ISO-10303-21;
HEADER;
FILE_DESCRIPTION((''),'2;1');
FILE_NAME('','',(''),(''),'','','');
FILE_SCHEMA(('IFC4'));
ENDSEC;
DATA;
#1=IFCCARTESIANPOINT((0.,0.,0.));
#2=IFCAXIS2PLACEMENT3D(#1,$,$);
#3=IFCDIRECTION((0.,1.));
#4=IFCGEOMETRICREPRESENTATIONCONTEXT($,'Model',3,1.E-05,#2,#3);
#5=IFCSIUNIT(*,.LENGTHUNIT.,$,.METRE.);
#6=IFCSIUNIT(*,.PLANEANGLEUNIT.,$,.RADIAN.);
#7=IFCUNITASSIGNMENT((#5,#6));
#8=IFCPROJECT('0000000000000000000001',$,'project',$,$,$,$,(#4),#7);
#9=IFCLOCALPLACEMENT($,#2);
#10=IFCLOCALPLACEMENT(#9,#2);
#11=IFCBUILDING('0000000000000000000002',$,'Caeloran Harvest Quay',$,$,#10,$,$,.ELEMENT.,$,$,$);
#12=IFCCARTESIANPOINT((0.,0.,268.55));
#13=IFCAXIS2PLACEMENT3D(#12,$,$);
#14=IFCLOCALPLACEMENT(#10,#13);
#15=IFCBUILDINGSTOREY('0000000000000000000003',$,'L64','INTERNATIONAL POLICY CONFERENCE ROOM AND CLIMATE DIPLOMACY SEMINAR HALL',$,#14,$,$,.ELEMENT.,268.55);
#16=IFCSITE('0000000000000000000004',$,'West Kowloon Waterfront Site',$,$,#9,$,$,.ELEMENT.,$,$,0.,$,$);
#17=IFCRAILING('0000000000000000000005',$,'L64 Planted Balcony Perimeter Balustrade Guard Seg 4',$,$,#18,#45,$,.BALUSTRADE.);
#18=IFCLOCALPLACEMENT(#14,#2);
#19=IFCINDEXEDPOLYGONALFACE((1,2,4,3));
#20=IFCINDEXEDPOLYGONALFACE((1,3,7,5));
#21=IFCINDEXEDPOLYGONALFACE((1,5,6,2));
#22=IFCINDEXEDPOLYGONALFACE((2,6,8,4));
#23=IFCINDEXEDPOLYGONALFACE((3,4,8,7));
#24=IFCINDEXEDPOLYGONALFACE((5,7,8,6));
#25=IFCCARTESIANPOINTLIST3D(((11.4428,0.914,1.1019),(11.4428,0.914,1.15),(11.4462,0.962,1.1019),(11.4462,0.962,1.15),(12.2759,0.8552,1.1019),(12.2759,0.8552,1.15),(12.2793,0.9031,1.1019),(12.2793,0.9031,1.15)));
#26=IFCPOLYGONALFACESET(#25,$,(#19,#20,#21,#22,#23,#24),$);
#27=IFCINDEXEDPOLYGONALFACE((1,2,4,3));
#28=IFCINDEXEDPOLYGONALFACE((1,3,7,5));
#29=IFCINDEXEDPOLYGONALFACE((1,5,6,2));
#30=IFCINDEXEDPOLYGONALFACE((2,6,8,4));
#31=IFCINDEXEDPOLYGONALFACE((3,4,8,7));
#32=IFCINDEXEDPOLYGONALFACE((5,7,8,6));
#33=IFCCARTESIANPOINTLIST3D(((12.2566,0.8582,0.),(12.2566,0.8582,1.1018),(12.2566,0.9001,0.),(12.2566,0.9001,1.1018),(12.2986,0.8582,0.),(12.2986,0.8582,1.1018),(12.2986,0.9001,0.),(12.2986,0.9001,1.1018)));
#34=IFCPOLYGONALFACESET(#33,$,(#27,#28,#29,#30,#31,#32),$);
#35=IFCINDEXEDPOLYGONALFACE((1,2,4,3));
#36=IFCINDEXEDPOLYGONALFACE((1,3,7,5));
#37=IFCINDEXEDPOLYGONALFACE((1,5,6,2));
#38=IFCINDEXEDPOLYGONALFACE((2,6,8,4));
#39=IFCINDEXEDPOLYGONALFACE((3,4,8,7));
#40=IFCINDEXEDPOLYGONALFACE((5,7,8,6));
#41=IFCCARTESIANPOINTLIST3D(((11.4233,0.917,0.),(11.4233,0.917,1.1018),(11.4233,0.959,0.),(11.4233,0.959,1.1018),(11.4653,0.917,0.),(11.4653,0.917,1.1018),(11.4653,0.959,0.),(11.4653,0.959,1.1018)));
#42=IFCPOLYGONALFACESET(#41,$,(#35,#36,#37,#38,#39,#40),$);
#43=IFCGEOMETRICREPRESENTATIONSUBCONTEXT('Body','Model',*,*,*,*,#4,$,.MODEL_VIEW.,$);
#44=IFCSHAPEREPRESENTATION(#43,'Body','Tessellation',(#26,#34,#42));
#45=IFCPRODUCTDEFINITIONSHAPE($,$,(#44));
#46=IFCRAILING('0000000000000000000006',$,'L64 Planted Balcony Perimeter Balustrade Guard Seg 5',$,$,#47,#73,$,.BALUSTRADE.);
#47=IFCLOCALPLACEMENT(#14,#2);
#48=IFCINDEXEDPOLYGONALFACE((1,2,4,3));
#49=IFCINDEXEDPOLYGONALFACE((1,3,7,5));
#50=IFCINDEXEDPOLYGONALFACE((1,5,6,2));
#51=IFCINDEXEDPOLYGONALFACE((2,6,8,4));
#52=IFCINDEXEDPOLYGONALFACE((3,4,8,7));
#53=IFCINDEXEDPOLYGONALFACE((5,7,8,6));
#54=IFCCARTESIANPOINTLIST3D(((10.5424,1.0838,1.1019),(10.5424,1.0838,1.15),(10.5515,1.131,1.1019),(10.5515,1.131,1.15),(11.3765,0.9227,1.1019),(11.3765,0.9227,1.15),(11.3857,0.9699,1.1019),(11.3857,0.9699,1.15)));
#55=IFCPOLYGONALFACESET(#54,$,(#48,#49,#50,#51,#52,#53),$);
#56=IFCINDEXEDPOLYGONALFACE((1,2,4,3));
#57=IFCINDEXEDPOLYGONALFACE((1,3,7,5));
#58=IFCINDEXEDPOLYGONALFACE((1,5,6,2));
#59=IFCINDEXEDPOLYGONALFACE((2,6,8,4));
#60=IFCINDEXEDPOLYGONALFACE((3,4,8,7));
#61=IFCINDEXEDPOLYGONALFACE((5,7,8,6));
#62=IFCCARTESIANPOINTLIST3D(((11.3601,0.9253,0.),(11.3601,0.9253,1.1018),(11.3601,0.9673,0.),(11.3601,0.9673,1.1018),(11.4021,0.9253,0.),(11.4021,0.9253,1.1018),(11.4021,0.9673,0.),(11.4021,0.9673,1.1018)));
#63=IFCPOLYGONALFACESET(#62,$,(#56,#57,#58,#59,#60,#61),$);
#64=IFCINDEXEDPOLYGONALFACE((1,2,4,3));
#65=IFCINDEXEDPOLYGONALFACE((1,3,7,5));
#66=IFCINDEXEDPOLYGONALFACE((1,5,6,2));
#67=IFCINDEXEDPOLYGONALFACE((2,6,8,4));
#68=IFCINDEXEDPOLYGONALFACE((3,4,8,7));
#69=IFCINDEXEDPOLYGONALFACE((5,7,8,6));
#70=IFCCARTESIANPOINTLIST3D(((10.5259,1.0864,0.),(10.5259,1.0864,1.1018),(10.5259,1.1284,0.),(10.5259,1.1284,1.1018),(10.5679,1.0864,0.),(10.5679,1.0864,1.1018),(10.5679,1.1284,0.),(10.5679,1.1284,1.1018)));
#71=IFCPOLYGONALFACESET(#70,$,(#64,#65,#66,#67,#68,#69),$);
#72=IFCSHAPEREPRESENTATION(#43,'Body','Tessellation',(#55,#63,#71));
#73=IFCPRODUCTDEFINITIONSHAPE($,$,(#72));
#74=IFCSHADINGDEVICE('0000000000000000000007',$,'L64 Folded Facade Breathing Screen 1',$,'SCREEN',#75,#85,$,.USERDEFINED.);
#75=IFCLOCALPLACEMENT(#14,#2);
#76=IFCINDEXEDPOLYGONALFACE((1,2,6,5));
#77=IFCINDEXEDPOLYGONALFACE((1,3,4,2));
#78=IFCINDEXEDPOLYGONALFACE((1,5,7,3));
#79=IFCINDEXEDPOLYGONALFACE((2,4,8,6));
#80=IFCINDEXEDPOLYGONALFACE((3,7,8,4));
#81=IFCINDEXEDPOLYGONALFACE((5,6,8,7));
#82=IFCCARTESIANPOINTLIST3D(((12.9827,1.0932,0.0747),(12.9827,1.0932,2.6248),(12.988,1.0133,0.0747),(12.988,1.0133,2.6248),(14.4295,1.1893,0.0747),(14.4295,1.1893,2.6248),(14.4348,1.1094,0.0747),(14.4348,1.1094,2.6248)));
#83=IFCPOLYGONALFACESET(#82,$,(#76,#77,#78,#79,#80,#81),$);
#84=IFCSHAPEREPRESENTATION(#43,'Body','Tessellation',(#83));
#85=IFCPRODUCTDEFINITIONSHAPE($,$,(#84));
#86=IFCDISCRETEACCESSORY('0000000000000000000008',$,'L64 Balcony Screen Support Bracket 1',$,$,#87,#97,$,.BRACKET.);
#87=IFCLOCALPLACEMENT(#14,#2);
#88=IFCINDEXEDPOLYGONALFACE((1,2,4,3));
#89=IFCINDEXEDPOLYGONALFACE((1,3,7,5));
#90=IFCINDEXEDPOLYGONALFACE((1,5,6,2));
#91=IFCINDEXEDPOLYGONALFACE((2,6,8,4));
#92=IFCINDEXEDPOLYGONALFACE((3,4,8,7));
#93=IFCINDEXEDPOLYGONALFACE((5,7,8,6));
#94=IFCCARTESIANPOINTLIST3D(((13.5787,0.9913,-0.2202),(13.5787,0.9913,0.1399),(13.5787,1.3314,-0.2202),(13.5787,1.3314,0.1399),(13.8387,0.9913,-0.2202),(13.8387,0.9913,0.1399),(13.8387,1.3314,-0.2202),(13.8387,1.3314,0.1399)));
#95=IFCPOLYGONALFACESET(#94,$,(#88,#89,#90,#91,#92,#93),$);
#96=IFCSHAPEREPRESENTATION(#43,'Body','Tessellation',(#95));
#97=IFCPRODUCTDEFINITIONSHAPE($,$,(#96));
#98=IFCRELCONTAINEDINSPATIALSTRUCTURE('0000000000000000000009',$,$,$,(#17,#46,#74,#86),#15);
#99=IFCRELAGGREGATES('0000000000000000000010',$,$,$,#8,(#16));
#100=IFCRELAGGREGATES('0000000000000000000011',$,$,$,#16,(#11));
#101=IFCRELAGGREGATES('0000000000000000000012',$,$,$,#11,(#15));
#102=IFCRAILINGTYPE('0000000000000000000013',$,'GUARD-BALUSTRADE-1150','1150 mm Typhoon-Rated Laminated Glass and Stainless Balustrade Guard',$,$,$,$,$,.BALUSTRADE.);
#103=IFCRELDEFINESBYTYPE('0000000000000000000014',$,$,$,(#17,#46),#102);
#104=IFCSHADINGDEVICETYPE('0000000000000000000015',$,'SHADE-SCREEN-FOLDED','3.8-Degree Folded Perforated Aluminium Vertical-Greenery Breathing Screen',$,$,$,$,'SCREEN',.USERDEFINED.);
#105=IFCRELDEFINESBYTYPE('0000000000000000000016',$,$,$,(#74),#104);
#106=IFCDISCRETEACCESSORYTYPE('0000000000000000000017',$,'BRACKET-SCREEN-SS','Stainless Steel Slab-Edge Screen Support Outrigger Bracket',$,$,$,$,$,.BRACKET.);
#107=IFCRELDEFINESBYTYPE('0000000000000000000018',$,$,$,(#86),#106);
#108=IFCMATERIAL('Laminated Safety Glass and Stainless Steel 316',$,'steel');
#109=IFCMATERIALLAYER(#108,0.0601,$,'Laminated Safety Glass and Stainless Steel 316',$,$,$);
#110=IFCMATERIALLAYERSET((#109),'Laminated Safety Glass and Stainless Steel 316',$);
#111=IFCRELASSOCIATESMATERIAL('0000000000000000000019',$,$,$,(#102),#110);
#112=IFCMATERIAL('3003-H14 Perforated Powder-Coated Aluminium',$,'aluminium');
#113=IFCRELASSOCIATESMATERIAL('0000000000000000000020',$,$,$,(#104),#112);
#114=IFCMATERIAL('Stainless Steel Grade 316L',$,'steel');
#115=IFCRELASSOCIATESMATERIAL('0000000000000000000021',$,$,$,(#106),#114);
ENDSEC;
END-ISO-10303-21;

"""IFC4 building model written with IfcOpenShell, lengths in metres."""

from ifc_helpers import new_model, si_unit, direction, frame, origin, origin_2d, place, context, subcontext, project, spatial, rectangle, extrude, material, layer, layer_set, type_object, element, save


model = new_model("IFC4")

# Units and contexts
model_context = context("Model", 3, precision=1e-05, world=origin(), true_north=direction((0.0, 1.0)))
body_context = subcontext(model_context, "Body", "Model", "MODEL_VIEW")
ifc_project = project(units=[si_unit("LENGTHUNIT", "METRE"), si_unit("PLANEANGLEUNIT", "RADIAN")], contexts=[model_context])

# Site, building, storey
site_placement = place(None, origin())
site = spatial("IfcSite", under=ifc_project, at=site_placement, Name="West Kowloon Waterfront Site", CompositionType="ELEMENT", RefElevation=0.0)
building_placement = place(site_placement, origin())
building = spatial("IfcBuilding", under=site, at=building_placement, Name="Caeloran Harvest Quay", CompositionType="ELEMENT")
storey_placement = place(building_placement, frame((0.0, 0.0, 268.55)))
storey = spatial("IfcBuildingStorey", under=building, at=storey_placement, Name="L64", Description="INTERNATIONAL POLICY CONFERENCE ROOM AND CLIMATE DIPLOMACY SEMINAR HALL", CompositionType="ELEMENT", Elevation=268.55)

# Railings
ifc_material_1 = material(Name="Laminated Safety Glass and Stainless Steel 316", Category="steel")
ifc_layer_1 = layer(ifc_material_1, 0.0601, Name="Laminated Safety Glass and Stainless Steel 316")
ifc_layer_set_1 = layer_set([ifc_layer_1], Name="Laminated Safety Glass and Stainless Steel 316")
railing_type = type_object("IfcRailingType", Name="GUARD-BALUSTRADE-1150", Description="1150 mm Typhoon-Rated Laminated Glass and Stainless Balustrade Guard", PredefinedType="BALUSTRADE", material=ifc_layer_set_1)
railing_1_placement = place(storey_placement, frame((12.2776, 0.8792, 0.0)))
element("IfcRailing", 1, at=railing_1_placement, inside=storey, type_object=railing_type, Name="L64 Planted Balcony Perimeter Balustrade Guard Seg 4", PredefinedType="BALUSTRADE", context=body_context, shape_type="SweptSolid", body=[
    extrude(rectangle(XDim=0.0481, YDim=0.0481, at=origin_2d()), frame((0.0, 0.0, 1.126), z_axis=(-0.997516, 0.070437, 0.0), x_axis=(-0.070437, -0.997516, 0.0)), (0.0, 0.0, 1.0), 0.8352),
    extrude(rectangle(XDim=0.042, YDim=0.042, at=origin_2d()), origin(), (0.0, 0.0, 1.0), 1.1018),
    extrude(rectangle(XDim=0.042, YDim=0.042, at=origin_2d()), frame((-0.8333, 0.0588, 0.0)), (0.0, 0.0, 1.0), 1.1018),
])
railing_2_placement = place(storey_placement, frame((11.3811, 0.9463, 0.0)))
element("IfcRailing", 2, at=railing_2_placement, inside=storey, type_object=railing_type, Name="L64 Planted Balcony Perimeter Balustrade Guard Seg 5", PredefinedType="BALUSTRADE", context=body_context, shape_type="SweptSolid", body=[
    extrude(rectangle(XDim=0.0481, YDim=0.0481, at=origin_2d()), frame((0.0, 0.0, 1.126), z_axis=(-0.981852, 0.189647, 0.0), x_axis=(-0.189647, -0.981852, 0.0)), (0.0, 0.0, 1.0), 0.8496),
    extrude(rectangle(XDim=0.042, YDim=0.042, at=origin_2d()), origin(), (0.0, 0.0, 1.0), 1.1018),
    extrude(rectangle(XDim=0.042, YDim=0.042, at=origin_2d()), frame((-0.8342, 0.1611, 0.0)), (0.0, 0.0, 1.0), 1.1018),
])

# Shading device
ifc_material_2 = material(Name="3003-H14 Perforated Powder-Coated Aluminium", Category="aluminium")
shading_device_type = type_object("IfcShadingDeviceType", Name="SHADE-SCREEN-FOLDED", Description="3.8-Degree Folded Perforated Aluminium Vertical-Greenery Breathing Screen", ElementType="SCREEN", PredefinedType="USERDEFINED", material=ifc_material_2)
shading_device_placement = place(storey_placement, frame((13.7087, 1.1013, 0.0747), z_axis=(0.0, 0.0, 1.0), x_axis=(0.997801, 0.066274, 0.0)))
element("IfcShadingDevice", 3, at=shading_device_placement, inside=storey, type_object=shading_device_type, Name="L64 Folded Facade Breathing Screen 1", ObjectType="SCREEN", PredefinedType="USERDEFINED", context=body_context, shape_type="SweptSolid", body=[
    extrude(rectangle(XDim=1.45, YDim=0.0801, at=origin_2d()), origin(), (0.0, 0.0, 1.0), 2.55),
])

# Discrete accessory
ifc_material_3 = material(Name="Stainless Steel Grade 316L", Category="steel")
discrete_accessory_type = type_object("IfcDiscreteAccessoryType", Name="BRACKET-SCREEN-SS", Description="Stainless Steel Slab-Edge Screen Support Outrigger Bracket", PredefinedType="BRACKET", material=ifc_material_3)
discrete_accessory_placement = place(storey_placement, frame((13.7087, 1.1614, -0.2202), z_axis=(0.0, 0.0, 1.0), x_axis=(1.0, 0.0, 0.0)))
element("IfcDiscreteAccessory", 4, at=discrete_accessory_placement, inside=storey, type_object=discrete_accessory_type, Name="L64 Balcony Screen Support Bracket 1", PredefinedType="BRACKET", context=body_context, shape_type="SweptSolid", body=[
    extrude(rectangle(XDim=0.26, YDim=0.3401, at=origin_2d()), origin(), (0.0, 0.0, 1.0), 0.3601),
])

save(model, "model.ifc")
